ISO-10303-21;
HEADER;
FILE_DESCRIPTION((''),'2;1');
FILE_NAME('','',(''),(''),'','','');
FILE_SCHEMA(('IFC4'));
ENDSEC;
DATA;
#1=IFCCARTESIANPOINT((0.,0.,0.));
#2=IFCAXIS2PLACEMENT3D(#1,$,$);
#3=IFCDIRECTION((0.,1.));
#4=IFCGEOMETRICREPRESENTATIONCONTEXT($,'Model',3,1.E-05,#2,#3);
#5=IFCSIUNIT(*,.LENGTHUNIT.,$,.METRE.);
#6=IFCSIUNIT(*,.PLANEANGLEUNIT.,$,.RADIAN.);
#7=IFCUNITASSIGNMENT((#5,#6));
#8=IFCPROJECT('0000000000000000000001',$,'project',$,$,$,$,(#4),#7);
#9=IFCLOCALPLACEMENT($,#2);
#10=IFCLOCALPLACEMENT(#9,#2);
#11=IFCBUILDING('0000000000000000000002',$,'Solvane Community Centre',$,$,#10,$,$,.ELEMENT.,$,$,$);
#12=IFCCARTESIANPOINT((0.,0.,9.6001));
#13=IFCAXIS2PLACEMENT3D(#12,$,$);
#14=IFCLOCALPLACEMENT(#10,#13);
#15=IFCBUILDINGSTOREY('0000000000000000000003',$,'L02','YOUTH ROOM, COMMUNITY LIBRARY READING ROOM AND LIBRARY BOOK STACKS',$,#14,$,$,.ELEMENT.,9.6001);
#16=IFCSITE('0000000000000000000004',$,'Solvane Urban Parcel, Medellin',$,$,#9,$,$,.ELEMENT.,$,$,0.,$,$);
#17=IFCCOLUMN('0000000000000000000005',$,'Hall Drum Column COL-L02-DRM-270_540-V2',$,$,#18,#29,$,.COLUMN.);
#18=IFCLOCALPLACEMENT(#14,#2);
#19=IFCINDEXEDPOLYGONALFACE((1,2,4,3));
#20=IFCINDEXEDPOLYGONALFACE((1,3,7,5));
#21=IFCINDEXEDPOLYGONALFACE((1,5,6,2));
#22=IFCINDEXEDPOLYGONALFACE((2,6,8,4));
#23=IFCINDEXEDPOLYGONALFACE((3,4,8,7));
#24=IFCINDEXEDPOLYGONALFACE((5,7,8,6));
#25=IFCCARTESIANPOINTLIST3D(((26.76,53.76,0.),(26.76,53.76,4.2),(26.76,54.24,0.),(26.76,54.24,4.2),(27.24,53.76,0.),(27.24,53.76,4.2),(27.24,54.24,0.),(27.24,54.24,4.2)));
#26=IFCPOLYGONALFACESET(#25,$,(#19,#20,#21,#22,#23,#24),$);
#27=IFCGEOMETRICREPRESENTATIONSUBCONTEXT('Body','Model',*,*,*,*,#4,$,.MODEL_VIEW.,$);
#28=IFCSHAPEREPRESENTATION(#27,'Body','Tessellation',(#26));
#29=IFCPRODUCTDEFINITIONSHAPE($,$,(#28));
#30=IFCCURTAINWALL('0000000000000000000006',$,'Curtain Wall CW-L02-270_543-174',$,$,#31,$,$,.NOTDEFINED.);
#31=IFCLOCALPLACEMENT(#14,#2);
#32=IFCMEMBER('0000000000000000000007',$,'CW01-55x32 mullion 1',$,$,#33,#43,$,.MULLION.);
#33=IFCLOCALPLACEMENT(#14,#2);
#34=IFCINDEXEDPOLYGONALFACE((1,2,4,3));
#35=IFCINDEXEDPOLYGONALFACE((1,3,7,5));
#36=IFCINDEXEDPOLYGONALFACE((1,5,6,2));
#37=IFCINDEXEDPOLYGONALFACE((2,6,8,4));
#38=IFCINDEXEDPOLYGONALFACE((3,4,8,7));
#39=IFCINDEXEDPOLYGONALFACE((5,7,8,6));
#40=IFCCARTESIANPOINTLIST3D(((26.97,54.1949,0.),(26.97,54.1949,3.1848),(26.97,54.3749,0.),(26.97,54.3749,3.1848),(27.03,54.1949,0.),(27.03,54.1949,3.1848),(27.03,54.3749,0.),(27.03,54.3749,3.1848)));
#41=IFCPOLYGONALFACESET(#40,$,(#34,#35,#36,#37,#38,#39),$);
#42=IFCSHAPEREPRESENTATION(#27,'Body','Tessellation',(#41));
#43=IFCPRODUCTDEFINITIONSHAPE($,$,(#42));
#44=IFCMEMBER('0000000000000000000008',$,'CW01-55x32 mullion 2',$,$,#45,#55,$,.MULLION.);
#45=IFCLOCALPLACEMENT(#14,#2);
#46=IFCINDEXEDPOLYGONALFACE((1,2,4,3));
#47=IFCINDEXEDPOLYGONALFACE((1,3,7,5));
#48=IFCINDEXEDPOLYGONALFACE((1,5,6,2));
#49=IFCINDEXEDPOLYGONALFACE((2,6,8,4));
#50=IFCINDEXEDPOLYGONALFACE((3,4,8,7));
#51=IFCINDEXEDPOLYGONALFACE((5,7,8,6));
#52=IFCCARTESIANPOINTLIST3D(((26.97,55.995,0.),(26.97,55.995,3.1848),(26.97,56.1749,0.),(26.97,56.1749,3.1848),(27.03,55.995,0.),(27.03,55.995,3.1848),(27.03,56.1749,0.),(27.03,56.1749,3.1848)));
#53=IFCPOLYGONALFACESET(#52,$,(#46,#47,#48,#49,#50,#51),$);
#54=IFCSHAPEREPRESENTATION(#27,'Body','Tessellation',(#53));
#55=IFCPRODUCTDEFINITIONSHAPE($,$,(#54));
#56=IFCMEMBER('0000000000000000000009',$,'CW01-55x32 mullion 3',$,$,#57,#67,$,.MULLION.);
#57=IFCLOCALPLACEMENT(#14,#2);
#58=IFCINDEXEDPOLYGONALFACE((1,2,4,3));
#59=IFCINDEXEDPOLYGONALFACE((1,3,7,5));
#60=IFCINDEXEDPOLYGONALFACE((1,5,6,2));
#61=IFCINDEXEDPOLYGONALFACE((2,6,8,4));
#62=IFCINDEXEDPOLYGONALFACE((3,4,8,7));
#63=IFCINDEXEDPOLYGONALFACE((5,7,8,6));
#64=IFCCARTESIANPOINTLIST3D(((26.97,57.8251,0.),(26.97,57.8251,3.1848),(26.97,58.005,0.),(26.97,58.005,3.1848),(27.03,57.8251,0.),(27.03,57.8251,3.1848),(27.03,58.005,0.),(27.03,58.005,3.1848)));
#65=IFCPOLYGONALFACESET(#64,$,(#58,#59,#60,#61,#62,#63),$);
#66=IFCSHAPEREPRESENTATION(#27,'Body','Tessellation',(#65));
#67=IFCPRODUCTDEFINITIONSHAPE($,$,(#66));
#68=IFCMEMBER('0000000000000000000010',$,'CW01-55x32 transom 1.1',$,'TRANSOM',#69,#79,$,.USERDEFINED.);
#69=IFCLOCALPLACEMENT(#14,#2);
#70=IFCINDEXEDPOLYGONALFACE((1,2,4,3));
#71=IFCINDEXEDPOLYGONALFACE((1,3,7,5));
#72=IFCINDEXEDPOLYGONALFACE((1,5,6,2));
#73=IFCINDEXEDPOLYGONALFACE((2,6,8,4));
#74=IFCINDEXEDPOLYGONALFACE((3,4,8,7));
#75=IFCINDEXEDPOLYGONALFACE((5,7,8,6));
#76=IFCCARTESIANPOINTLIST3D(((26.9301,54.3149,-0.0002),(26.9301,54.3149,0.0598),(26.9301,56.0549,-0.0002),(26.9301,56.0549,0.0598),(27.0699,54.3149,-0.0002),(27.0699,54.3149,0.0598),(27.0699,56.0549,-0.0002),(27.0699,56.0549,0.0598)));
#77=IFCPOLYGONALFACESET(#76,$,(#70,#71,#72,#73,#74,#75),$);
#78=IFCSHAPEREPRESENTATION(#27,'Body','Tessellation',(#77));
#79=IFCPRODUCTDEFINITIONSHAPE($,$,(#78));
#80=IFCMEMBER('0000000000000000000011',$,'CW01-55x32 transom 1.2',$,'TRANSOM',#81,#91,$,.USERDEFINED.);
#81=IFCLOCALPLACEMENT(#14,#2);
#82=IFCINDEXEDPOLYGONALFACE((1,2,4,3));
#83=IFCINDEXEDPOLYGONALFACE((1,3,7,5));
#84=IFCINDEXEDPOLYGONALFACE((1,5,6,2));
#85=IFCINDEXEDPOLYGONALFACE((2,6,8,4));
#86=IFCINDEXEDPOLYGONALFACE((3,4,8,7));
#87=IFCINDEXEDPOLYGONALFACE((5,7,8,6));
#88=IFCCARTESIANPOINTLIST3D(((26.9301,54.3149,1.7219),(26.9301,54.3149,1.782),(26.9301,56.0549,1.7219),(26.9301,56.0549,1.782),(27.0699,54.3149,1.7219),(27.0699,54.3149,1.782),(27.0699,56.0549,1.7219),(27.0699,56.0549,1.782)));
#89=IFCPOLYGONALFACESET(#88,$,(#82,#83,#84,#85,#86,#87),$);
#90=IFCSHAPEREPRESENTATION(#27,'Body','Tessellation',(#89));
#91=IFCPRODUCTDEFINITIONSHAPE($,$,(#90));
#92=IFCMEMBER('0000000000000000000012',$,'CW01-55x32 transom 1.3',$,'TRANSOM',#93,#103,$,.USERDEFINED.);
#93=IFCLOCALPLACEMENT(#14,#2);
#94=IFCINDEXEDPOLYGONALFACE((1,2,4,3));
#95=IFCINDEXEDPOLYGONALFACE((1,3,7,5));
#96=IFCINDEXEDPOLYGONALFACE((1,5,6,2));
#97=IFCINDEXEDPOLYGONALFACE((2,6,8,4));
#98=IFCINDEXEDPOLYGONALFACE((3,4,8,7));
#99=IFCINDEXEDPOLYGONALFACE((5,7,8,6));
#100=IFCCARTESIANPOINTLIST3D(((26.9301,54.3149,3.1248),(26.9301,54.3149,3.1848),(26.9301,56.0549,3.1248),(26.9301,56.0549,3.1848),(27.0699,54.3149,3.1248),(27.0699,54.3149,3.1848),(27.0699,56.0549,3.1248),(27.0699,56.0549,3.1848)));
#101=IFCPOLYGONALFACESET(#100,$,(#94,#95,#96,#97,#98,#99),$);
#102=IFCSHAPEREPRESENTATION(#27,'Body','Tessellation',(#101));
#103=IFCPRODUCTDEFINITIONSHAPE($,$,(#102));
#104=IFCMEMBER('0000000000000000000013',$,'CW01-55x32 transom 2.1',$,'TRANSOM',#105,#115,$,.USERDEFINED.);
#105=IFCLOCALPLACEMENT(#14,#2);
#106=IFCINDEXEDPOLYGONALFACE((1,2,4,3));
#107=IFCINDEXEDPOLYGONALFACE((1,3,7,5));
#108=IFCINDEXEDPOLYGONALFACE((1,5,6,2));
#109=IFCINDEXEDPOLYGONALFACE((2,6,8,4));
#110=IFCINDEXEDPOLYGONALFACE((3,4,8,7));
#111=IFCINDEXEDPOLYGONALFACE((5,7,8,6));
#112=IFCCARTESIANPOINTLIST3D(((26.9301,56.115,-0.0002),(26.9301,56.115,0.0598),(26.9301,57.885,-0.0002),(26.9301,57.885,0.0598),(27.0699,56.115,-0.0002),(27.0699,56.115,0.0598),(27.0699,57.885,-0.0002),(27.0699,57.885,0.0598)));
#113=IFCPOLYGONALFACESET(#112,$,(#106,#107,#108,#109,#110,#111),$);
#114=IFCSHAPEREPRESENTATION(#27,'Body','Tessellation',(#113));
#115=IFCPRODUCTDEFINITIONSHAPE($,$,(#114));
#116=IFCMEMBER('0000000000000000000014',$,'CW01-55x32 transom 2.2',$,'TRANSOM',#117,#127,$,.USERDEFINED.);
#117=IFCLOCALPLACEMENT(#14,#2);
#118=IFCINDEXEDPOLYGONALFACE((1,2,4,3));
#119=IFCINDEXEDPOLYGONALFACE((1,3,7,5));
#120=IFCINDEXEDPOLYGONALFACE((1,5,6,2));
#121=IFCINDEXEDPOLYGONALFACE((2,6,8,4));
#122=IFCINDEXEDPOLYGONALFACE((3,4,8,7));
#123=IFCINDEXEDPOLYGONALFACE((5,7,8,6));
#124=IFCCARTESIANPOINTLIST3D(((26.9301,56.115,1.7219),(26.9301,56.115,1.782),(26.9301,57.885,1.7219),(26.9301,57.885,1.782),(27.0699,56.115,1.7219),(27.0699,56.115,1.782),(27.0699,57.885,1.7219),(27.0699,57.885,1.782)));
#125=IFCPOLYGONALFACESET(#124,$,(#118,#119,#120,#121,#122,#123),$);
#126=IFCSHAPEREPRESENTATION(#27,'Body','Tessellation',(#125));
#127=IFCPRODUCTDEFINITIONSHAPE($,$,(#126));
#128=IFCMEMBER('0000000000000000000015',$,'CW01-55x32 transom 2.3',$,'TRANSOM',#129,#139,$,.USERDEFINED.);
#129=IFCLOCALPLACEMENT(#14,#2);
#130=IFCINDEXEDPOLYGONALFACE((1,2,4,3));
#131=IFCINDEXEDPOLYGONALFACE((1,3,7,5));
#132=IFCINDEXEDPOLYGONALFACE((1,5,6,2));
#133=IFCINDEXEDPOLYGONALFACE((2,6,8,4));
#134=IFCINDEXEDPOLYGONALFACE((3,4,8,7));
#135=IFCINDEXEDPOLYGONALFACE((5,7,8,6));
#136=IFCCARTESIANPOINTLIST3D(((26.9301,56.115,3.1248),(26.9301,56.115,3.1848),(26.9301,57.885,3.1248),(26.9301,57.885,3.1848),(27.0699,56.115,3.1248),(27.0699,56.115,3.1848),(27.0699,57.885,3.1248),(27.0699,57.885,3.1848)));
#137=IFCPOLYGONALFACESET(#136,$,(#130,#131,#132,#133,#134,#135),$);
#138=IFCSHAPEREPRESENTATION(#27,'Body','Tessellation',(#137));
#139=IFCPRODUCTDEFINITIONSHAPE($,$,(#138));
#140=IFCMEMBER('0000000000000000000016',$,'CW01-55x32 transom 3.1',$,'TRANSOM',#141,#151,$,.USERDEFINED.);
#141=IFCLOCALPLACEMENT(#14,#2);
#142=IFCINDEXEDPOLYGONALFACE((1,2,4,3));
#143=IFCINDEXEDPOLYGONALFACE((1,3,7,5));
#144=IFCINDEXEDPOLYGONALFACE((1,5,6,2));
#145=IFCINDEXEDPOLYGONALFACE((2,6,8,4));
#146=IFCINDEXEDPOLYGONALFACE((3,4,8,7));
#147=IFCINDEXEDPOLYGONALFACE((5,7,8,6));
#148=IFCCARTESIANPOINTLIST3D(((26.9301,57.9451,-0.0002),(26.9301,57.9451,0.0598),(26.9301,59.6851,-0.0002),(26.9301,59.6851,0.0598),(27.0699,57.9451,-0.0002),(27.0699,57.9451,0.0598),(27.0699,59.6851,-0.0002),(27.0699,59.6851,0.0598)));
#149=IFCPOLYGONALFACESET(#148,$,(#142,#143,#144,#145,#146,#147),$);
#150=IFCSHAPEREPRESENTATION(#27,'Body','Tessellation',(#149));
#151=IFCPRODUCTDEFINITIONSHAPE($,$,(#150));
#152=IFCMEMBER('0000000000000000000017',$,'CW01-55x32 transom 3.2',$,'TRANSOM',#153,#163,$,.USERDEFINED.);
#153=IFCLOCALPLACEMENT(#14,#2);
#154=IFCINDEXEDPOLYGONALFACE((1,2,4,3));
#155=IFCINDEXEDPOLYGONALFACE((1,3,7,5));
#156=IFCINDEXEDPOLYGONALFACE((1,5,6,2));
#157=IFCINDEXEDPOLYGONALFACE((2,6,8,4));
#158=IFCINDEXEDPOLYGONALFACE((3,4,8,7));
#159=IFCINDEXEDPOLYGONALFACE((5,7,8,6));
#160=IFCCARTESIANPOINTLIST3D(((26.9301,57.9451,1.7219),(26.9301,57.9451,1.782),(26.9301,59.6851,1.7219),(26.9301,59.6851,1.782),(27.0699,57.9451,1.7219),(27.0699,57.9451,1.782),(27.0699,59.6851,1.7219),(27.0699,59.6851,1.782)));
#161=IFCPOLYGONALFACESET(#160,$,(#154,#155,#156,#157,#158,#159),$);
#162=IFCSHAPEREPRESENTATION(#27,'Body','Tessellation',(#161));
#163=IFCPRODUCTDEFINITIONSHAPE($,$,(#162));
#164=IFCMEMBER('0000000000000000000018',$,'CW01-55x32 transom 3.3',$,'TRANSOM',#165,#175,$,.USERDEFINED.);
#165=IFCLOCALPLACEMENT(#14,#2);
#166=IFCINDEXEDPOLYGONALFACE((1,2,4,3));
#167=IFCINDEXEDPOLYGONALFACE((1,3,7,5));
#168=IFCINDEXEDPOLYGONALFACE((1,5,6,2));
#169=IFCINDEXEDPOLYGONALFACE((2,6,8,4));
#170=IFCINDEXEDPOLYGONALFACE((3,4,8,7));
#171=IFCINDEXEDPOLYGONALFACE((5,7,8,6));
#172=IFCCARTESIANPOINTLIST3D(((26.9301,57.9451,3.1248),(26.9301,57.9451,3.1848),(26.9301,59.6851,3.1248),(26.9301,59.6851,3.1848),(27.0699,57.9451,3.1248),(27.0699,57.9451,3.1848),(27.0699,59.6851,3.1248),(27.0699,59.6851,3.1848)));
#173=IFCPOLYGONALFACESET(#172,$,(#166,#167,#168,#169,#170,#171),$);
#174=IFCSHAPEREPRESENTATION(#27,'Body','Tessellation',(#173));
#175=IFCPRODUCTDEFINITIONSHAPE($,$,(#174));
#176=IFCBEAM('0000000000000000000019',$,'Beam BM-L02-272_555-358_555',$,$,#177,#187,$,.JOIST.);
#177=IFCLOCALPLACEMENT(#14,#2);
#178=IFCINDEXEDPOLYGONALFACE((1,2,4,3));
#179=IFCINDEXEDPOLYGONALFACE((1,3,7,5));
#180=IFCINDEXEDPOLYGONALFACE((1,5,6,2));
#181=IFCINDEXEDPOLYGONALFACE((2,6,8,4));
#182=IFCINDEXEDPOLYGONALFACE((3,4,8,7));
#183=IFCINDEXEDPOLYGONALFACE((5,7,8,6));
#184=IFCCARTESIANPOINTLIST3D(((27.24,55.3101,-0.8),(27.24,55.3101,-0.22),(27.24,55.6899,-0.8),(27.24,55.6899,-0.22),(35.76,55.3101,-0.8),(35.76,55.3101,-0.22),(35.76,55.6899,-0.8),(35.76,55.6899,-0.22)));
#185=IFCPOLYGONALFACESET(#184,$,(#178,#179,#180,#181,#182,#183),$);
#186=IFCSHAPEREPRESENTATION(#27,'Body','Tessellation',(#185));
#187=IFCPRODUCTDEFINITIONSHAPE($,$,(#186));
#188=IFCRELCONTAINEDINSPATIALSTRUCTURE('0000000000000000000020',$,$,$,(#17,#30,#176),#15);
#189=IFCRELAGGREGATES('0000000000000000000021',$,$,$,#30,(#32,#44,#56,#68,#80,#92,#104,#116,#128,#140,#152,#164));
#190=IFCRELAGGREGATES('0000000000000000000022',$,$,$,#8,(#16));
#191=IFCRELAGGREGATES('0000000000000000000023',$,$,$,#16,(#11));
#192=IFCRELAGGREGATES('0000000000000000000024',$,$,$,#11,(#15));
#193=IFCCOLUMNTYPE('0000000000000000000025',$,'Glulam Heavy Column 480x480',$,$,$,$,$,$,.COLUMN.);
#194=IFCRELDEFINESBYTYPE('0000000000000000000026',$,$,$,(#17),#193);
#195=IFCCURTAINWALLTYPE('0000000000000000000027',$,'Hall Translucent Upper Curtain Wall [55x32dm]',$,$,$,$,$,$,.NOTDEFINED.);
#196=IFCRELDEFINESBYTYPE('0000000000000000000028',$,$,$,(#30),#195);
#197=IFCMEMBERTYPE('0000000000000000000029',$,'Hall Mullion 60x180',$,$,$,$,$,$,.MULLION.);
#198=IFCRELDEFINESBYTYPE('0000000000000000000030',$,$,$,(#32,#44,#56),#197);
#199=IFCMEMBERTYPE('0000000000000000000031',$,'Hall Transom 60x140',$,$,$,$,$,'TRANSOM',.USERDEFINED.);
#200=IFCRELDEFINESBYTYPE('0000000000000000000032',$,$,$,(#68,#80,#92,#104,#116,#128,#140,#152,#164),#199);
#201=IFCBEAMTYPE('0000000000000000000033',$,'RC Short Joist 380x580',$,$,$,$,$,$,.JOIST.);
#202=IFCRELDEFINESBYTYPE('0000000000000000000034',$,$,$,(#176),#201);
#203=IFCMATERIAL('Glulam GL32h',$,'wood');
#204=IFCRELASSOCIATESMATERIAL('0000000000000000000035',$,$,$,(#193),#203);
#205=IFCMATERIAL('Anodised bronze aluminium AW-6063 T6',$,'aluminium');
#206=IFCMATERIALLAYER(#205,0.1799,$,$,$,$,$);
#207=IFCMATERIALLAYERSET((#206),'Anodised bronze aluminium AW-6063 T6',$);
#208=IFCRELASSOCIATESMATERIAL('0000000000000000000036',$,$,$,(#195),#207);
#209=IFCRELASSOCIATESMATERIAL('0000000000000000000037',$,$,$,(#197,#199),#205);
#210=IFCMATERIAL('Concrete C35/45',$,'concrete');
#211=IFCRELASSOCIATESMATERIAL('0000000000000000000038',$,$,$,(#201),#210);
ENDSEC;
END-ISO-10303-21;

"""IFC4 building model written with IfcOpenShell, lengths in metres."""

from ifc_helpers import new_model, si_unit, direction, frame, origin, origin_2d, place, context, subcontext, project, spatial, rectangle, extrude, material, layer, layer_set, material_profile, profile_set, type_object, element, aggregate, save


model = new_model("IFC4")

# Units and contexts
model_context = context("Model", 3, precision=1e-05, world=origin(), true_north=direction((0.0, 1.0)))
body_context = subcontext(model_context, "Body", "Model", "MODEL_VIEW")
ifc_project = project(units=[si_unit("LENGTHUNIT", "METRE"), si_unit("PLANEANGLEUNIT", "RADIAN")], contexts=[model_context])

# Site, building, storey
site_placement = place(None, origin())
site = spatial("IfcSite", under=ifc_project, at=site_placement, Name="Solvane Urban Parcel, Medellin", CompositionType="ELEMENT", RefElevation=0.0)
building_placement = place(site_placement, origin())
building = spatial("IfcBuilding", under=site, at=building_placement, Name="Solvane Community Centre", CompositionType="ELEMENT")
storey_placement = place(building_placement, frame((0.0, 0.0, 9.6001)))
storey = spatial("IfcBuildingStorey", under=building, at=storey_placement, Name="L02", Description="YOUTH ROOM, COMMUNITY LIBRARY READING ROOM AND LIBRARY BOOK STACKS", CompositionType="ELEMENT", Elevation=9.6001)

# Column
ifc_material_1 = material(Name="Glulam GL32h", Category="wood")
ifc_material_profile_1 = material_profile(ifc_material_1, rectangle(XDim=0.48, YDim=0.48, at=origin_2d()), Name="GL32h 480x480")
ifc_profile_set_1 = profile_set([ifc_material_profile_1], Name="Glulam GL32h")
column_type = type_object("IfcColumnType", Name="Glulam Heavy Column 480x480", PredefinedType="COLUMN", material=ifc_profile_set_1)
column_placement = place(storey_placement, frame((27.0, 54.0, 0.0), z_axis=(0.0, 0.0, 1.0), x_axis=(1.0, 0.0, 0.0)))
element("IfcColumn", 1, at=column_placement, inside=storey, type_object=column_type, Name="Hall Drum Column COL-L02-DRM-270_540-V2", PredefinedType="COLUMN", context=body_context, shape_type="SweptSolid", body=[
    extrude(rectangle(XDim=0.48, YDim=0.48, at=origin_2d()), origin(), (0.0, 0.0, 1.0), 4.2),
])

# Curtain wall, members
ifc_material_2 = material(Name="Anodised bronze aluminium AW-6063 T6", Category="aluminium")
ifc_layer_1 = layer(ifc_material_2, 0.1799)
ifc_layer_set_1 = layer_set([ifc_layer_1], Name="Anodised bronze aluminium AW-6063 T6")
curtain_wall_type = type_object("IfcCurtainWallType", Name="Hall Translucent Upper Curtain Wall [55x32dm]", PredefinedType="NOTDEFINED", material=ifc_layer_set_1)
curtain_wall_placement = place(storey_placement, origin())
curtain_wall = element("IfcCurtainWall", 2, at=curtain_wall_placement, inside=storey, type_object=curtain_wall_type, Name="Curtain Wall CW-L02-270_543-174", PredefinedType="NOTDEFINED")
ifc_material_profile_2 = material_profile(ifc_material_2, rectangle(XDim=0.0601, YDim=0.1799, at=origin_2d()), Name="CW-M 60x180")
ifc_profile_set_2 = profile_set([ifc_material_profile_2], Name="Anodised bronze aluminium AW-6063 T6")
member_type_1 = type_object("IfcMemberType", Name="Hall Mullion 60x180", PredefinedType="MULLION", material=ifc_profile_set_2)
member_1_placement = place(storey_placement, frame((27.0, 54.2849, 0.0), z_axis=(0.0, 0.0, 1.0), x_axis=(-1.0, 0.0, 0.0)))
member_1 = element("IfcMember", 3, at=member_1_placement, type_object=member_type_1, Name="CW01-55x32 mullion 1", PredefinedType="MULLION", context=body_context, shape_type="SweptSolid", body=[
    extrude(rectangle(XDim=0.0601, YDim=0.1799, at=origin_2d()), origin(), (0.0, 0.0, 1.0), 3.1848),
])
member_2_placement = place(storey_placement, frame((27.0, 56.085, 0.0), z_axis=(0.0, 0.0, 1.0), x_axis=(-1.0, 0.0, 0.0)))
member_2 = element("IfcMember", 4, at=member_2_placement, type_object=member_type_1, Name="CW01-55x32 mullion 2", PredefinedType="MULLION", context=body_context, shape_type="SweptSolid", body=[
    extrude(rectangle(XDim=0.0601, YDim=0.1799, at=origin_2d()), origin(), (0.0, 0.0, 1.0), 3.1848),
])
member_3_placement = place(storey_placement, frame((27.0, 57.915, 0.0), z_axis=(0.0, 0.0, 1.0), x_axis=(-1.0, 0.0, 0.0)))
member_3 = element("IfcMember", 5, at=member_3_placement, type_object=member_type_1, Name="CW01-55x32 mullion 3", PredefinedType="MULLION", context=body_context, shape_type="SweptSolid", body=[
    extrude(rectangle(XDim=0.0601, YDim=0.1799, at=origin_2d()), origin(), (0.0, 0.0, 1.0), 3.1848),
])
ifc_material_profile_3 = material_profile(ifc_material_2, rectangle(XDim=0.1399, YDim=0.0601, at=origin_2d()), Name="CW-T 60x140")
ifc_profile_set_3 = profile_set([ifc_material_profile_3], Name="Anodised bronze aluminium AW-6063 T6")
member_type_2 = type_object("IfcMemberType", Name="Hall Transom 60x140", ElementType="TRANSOM", PredefinedType="USERDEFINED", material=ifc_profile_set_3)
member_4_placement = place(storey_placement, frame((27.0, 54.3149, 0.0298), z_axis=(0.0, 1.0, 0.0), x_axis=(-1.0, 0.0, 0.0)))
member_4 = element("IfcMember", 6, at=member_4_placement, type_object=member_type_2, Name="CW01-55x32 transom 1.1", ObjectType="TRANSOM", PredefinedType="USERDEFINED", context=body_context, shape_type="SweptSolid", body=[
    extrude(rectangle(XDim=0.1399, YDim=0.0601, at=origin_2d()), origin(), (0.0, 0.0, 1.0), 1.74),
])
member_5_placement = place(storey_placement, frame((27.0, 54.3149, 1.752), z_axis=(0.0, 1.0, 0.0), x_axis=(-1.0, 0.0, 0.0)))
member_5 = element("IfcMember", 7, at=member_5_placement, type_object=member_type_2, Name="CW01-55x32 transom 1.2", ObjectType="TRANSOM", PredefinedType="USERDEFINED", context=body_context, shape_type="SweptSolid", body=[
    extrude(rectangle(XDim=0.1399, YDim=0.0601, at=origin_2d()), origin(), (0.0, 0.0, 1.0), 1.74),
])
member_6_placement = place(storey_placement, frame((27.0, 54.3149, 3.1548), z_axis=(0.0, 1.0, 0.0), x_axis=(-1.0, 0.0, 0.0)))
member_6 = element("IfcMember", 8, at=member_6_placement, type_object=member_type_2, Name="CW01-55x32 transom 1.3", ObjectType="TRANSOM", PredefinedType="USERDEFINED", context=body_context, shape_type="SweptSolid", body=[
    extrude(rectangle(XDim=0.1399, YDim=0.0601, at=origin_2d()), origin(), (0.0, 0.0, 1.0), 1.74),
])
member_7_placement = place(storey_placement, frame((27.0, 56.115, 0.0298), z_axis=(0.0, 1.0, 0.0), x_axis=(-1.0, 0.0, 0.0)))
member_7 = element("IfcMember", 9, at=member_7_placement, type_object=member_type_2, Name="CW01-55x32 transom 2.1", ObjectType="TRANSOM", PredefinedType="USERDEFINED", context=body_context, shape_type="SweptSolid", body=[
    extrude(rectangle(XDim=0.1399, YDim=0.0601, at=origin_2d()), origin(), (0.0, 0.0, 1.0), 1.77),
])
member_8_placement = place(storey_placement, frame((27.0, 56.115, 1.752), z_axis=(0.0, 1.0, 0.0), x_axis=(-1.0, 0.0, 0.0)))
member_8 = element("IfcMember", 10, at=member_8_placement, type_object=member_type_2, Name="CW01-55x32 transom 2.2", ObjectType="TRANSOM", PredefinedType="USERDEFINED", context=body_context, shape_type="SweptSolid", body=[
    extrude(rectangle(XDim=0.1399, YDim=0.0601, at=origin_2d()), origin(), (0.0, 0.0, 1.0), 1.77),
])
member_9_placement = place(storey_placement, frame((27.0, 56.115, 3.1548), z_axis=(0.0, 1.0, 0.0), x_axis=(-1.0, 0.0, 0.0)))
member_9 = element("IfcMember", 11, at=member_9_placement, type_object=member_type_2, Name="CW01-55x32 transom 2.3", ObjectType="TRANSOM", PredefinedType="USERDEFINED", context=body_context, shape_type="SweptSolid", body=[
    extrude(rectangle(XDim=0.1399, YDim=0.0601, at=origin_2d()), origin(), (0.0, 0.0, 1.0), 1.77),
])
member_10_placement = place(storey_placement, frame((27.0, 57.9451, 0.0298), z_axis=(0.0, 1.0, 0.0), x_axis=(-1.0, 0.0, 0.0)))
member_10 = element("IfcMember", 12, at=member_10_placement, type_object=member_type_2, Name="CW01-55x32 transom 3.1", ObjectType="TRANSOM", PredefinedType="USERDEFINED", context=body_context, shape_type="SweptSolid", body=[
    extrude(rectangle(XDim=0.1399, YDim=0.0601, at=origin_2d()), origin(), (0.0, 0.0, 1.0), 1.74),
])
member_11_placement = place(storey_placement, frame((27.0, 57.9451, 1.752), z_axis=(0.0, 1.0, 0.0), x_axis=(-1.0, 0.0, 0.0)))
member_11 = element("IfcMember", 13, at=member_11_placement, type_object=member_type_2, Name="CW01-55x32 transom 3.2", ObjectType="TRANSOM", PredefinedType="USERDEFINED", context=body_context, shape_type="SweptSolid", body=[
    extrude(rectangle(XDim=0.1399, YDim=0.0601, at=origin_2d()), origin(), (0.0, 0.0, 1.0), 1.74),
])
member_12_placement = place(storey_placement, frame((27.0, 57.9451, 3.1548), z_axis=(0.0, 1.0, 0.0), x_axis=(-1.0, 0.0, 0.0)))
member_12 = element("IfcMember", 14, at=member_12_placement, type_object=member_type_2, Name="CW01-55x32 transom 3.3", ObjectType="TRANSOM", PredefinedType="USERDEFINED", context=body_context, shape_type="SweptSolid", body=[
    extrude(rectangle(XDim=0.1399, YDim=0.0601, at=origin_2d()), origin(), (0.0, 0.0, 1.0), 1.74),
])

# Beam
ifc_material_3 = material(Name="Concrete C35/45", Category="concrete")
ifc_material_profile_4 = material_profile(ifc_material_3, rectangle(XDim=0.3799, YDim=0.5801, at=origin_2d()), Name="RC 380x580")
ifc_profile_set_4 = profile_set([ifc_material_profile_4], Name="Concrete C35/45")
beam_type_1 = type_object("IfcBeamType", Name="RC Short Joist 380x580", PredefinedType="JOIST", material=ifc_profile_set_4)
beam_1_placement = place(storey_placement, frame((27.24, 55.5, -0.51), z_axis=(1.0, 0.0, 0.0), x_axis=(0.0, 1.0, 0.0)))
element("IfcBeam", 15, at=beam_1_placement, inside=storey, type_object=beam_type_1, Name="Beam BM-L02-272_555-358_555", PredefinedType="JOIST", context=body_context, shape_type="SweptSolid", body=[
    extrude(rectangle(XDim=0.3799, YDim=0.5801, at=origin_2d()), origin(), (0.0, 0.0, 1.0), 8.52),
])

aggregate(curtain_wall, [member_1, member_2, member_3, member_4, member_5, member_6, member_7, member_8, member_9, member_10, member_11, member_12])

save(model, "model.ifc")
